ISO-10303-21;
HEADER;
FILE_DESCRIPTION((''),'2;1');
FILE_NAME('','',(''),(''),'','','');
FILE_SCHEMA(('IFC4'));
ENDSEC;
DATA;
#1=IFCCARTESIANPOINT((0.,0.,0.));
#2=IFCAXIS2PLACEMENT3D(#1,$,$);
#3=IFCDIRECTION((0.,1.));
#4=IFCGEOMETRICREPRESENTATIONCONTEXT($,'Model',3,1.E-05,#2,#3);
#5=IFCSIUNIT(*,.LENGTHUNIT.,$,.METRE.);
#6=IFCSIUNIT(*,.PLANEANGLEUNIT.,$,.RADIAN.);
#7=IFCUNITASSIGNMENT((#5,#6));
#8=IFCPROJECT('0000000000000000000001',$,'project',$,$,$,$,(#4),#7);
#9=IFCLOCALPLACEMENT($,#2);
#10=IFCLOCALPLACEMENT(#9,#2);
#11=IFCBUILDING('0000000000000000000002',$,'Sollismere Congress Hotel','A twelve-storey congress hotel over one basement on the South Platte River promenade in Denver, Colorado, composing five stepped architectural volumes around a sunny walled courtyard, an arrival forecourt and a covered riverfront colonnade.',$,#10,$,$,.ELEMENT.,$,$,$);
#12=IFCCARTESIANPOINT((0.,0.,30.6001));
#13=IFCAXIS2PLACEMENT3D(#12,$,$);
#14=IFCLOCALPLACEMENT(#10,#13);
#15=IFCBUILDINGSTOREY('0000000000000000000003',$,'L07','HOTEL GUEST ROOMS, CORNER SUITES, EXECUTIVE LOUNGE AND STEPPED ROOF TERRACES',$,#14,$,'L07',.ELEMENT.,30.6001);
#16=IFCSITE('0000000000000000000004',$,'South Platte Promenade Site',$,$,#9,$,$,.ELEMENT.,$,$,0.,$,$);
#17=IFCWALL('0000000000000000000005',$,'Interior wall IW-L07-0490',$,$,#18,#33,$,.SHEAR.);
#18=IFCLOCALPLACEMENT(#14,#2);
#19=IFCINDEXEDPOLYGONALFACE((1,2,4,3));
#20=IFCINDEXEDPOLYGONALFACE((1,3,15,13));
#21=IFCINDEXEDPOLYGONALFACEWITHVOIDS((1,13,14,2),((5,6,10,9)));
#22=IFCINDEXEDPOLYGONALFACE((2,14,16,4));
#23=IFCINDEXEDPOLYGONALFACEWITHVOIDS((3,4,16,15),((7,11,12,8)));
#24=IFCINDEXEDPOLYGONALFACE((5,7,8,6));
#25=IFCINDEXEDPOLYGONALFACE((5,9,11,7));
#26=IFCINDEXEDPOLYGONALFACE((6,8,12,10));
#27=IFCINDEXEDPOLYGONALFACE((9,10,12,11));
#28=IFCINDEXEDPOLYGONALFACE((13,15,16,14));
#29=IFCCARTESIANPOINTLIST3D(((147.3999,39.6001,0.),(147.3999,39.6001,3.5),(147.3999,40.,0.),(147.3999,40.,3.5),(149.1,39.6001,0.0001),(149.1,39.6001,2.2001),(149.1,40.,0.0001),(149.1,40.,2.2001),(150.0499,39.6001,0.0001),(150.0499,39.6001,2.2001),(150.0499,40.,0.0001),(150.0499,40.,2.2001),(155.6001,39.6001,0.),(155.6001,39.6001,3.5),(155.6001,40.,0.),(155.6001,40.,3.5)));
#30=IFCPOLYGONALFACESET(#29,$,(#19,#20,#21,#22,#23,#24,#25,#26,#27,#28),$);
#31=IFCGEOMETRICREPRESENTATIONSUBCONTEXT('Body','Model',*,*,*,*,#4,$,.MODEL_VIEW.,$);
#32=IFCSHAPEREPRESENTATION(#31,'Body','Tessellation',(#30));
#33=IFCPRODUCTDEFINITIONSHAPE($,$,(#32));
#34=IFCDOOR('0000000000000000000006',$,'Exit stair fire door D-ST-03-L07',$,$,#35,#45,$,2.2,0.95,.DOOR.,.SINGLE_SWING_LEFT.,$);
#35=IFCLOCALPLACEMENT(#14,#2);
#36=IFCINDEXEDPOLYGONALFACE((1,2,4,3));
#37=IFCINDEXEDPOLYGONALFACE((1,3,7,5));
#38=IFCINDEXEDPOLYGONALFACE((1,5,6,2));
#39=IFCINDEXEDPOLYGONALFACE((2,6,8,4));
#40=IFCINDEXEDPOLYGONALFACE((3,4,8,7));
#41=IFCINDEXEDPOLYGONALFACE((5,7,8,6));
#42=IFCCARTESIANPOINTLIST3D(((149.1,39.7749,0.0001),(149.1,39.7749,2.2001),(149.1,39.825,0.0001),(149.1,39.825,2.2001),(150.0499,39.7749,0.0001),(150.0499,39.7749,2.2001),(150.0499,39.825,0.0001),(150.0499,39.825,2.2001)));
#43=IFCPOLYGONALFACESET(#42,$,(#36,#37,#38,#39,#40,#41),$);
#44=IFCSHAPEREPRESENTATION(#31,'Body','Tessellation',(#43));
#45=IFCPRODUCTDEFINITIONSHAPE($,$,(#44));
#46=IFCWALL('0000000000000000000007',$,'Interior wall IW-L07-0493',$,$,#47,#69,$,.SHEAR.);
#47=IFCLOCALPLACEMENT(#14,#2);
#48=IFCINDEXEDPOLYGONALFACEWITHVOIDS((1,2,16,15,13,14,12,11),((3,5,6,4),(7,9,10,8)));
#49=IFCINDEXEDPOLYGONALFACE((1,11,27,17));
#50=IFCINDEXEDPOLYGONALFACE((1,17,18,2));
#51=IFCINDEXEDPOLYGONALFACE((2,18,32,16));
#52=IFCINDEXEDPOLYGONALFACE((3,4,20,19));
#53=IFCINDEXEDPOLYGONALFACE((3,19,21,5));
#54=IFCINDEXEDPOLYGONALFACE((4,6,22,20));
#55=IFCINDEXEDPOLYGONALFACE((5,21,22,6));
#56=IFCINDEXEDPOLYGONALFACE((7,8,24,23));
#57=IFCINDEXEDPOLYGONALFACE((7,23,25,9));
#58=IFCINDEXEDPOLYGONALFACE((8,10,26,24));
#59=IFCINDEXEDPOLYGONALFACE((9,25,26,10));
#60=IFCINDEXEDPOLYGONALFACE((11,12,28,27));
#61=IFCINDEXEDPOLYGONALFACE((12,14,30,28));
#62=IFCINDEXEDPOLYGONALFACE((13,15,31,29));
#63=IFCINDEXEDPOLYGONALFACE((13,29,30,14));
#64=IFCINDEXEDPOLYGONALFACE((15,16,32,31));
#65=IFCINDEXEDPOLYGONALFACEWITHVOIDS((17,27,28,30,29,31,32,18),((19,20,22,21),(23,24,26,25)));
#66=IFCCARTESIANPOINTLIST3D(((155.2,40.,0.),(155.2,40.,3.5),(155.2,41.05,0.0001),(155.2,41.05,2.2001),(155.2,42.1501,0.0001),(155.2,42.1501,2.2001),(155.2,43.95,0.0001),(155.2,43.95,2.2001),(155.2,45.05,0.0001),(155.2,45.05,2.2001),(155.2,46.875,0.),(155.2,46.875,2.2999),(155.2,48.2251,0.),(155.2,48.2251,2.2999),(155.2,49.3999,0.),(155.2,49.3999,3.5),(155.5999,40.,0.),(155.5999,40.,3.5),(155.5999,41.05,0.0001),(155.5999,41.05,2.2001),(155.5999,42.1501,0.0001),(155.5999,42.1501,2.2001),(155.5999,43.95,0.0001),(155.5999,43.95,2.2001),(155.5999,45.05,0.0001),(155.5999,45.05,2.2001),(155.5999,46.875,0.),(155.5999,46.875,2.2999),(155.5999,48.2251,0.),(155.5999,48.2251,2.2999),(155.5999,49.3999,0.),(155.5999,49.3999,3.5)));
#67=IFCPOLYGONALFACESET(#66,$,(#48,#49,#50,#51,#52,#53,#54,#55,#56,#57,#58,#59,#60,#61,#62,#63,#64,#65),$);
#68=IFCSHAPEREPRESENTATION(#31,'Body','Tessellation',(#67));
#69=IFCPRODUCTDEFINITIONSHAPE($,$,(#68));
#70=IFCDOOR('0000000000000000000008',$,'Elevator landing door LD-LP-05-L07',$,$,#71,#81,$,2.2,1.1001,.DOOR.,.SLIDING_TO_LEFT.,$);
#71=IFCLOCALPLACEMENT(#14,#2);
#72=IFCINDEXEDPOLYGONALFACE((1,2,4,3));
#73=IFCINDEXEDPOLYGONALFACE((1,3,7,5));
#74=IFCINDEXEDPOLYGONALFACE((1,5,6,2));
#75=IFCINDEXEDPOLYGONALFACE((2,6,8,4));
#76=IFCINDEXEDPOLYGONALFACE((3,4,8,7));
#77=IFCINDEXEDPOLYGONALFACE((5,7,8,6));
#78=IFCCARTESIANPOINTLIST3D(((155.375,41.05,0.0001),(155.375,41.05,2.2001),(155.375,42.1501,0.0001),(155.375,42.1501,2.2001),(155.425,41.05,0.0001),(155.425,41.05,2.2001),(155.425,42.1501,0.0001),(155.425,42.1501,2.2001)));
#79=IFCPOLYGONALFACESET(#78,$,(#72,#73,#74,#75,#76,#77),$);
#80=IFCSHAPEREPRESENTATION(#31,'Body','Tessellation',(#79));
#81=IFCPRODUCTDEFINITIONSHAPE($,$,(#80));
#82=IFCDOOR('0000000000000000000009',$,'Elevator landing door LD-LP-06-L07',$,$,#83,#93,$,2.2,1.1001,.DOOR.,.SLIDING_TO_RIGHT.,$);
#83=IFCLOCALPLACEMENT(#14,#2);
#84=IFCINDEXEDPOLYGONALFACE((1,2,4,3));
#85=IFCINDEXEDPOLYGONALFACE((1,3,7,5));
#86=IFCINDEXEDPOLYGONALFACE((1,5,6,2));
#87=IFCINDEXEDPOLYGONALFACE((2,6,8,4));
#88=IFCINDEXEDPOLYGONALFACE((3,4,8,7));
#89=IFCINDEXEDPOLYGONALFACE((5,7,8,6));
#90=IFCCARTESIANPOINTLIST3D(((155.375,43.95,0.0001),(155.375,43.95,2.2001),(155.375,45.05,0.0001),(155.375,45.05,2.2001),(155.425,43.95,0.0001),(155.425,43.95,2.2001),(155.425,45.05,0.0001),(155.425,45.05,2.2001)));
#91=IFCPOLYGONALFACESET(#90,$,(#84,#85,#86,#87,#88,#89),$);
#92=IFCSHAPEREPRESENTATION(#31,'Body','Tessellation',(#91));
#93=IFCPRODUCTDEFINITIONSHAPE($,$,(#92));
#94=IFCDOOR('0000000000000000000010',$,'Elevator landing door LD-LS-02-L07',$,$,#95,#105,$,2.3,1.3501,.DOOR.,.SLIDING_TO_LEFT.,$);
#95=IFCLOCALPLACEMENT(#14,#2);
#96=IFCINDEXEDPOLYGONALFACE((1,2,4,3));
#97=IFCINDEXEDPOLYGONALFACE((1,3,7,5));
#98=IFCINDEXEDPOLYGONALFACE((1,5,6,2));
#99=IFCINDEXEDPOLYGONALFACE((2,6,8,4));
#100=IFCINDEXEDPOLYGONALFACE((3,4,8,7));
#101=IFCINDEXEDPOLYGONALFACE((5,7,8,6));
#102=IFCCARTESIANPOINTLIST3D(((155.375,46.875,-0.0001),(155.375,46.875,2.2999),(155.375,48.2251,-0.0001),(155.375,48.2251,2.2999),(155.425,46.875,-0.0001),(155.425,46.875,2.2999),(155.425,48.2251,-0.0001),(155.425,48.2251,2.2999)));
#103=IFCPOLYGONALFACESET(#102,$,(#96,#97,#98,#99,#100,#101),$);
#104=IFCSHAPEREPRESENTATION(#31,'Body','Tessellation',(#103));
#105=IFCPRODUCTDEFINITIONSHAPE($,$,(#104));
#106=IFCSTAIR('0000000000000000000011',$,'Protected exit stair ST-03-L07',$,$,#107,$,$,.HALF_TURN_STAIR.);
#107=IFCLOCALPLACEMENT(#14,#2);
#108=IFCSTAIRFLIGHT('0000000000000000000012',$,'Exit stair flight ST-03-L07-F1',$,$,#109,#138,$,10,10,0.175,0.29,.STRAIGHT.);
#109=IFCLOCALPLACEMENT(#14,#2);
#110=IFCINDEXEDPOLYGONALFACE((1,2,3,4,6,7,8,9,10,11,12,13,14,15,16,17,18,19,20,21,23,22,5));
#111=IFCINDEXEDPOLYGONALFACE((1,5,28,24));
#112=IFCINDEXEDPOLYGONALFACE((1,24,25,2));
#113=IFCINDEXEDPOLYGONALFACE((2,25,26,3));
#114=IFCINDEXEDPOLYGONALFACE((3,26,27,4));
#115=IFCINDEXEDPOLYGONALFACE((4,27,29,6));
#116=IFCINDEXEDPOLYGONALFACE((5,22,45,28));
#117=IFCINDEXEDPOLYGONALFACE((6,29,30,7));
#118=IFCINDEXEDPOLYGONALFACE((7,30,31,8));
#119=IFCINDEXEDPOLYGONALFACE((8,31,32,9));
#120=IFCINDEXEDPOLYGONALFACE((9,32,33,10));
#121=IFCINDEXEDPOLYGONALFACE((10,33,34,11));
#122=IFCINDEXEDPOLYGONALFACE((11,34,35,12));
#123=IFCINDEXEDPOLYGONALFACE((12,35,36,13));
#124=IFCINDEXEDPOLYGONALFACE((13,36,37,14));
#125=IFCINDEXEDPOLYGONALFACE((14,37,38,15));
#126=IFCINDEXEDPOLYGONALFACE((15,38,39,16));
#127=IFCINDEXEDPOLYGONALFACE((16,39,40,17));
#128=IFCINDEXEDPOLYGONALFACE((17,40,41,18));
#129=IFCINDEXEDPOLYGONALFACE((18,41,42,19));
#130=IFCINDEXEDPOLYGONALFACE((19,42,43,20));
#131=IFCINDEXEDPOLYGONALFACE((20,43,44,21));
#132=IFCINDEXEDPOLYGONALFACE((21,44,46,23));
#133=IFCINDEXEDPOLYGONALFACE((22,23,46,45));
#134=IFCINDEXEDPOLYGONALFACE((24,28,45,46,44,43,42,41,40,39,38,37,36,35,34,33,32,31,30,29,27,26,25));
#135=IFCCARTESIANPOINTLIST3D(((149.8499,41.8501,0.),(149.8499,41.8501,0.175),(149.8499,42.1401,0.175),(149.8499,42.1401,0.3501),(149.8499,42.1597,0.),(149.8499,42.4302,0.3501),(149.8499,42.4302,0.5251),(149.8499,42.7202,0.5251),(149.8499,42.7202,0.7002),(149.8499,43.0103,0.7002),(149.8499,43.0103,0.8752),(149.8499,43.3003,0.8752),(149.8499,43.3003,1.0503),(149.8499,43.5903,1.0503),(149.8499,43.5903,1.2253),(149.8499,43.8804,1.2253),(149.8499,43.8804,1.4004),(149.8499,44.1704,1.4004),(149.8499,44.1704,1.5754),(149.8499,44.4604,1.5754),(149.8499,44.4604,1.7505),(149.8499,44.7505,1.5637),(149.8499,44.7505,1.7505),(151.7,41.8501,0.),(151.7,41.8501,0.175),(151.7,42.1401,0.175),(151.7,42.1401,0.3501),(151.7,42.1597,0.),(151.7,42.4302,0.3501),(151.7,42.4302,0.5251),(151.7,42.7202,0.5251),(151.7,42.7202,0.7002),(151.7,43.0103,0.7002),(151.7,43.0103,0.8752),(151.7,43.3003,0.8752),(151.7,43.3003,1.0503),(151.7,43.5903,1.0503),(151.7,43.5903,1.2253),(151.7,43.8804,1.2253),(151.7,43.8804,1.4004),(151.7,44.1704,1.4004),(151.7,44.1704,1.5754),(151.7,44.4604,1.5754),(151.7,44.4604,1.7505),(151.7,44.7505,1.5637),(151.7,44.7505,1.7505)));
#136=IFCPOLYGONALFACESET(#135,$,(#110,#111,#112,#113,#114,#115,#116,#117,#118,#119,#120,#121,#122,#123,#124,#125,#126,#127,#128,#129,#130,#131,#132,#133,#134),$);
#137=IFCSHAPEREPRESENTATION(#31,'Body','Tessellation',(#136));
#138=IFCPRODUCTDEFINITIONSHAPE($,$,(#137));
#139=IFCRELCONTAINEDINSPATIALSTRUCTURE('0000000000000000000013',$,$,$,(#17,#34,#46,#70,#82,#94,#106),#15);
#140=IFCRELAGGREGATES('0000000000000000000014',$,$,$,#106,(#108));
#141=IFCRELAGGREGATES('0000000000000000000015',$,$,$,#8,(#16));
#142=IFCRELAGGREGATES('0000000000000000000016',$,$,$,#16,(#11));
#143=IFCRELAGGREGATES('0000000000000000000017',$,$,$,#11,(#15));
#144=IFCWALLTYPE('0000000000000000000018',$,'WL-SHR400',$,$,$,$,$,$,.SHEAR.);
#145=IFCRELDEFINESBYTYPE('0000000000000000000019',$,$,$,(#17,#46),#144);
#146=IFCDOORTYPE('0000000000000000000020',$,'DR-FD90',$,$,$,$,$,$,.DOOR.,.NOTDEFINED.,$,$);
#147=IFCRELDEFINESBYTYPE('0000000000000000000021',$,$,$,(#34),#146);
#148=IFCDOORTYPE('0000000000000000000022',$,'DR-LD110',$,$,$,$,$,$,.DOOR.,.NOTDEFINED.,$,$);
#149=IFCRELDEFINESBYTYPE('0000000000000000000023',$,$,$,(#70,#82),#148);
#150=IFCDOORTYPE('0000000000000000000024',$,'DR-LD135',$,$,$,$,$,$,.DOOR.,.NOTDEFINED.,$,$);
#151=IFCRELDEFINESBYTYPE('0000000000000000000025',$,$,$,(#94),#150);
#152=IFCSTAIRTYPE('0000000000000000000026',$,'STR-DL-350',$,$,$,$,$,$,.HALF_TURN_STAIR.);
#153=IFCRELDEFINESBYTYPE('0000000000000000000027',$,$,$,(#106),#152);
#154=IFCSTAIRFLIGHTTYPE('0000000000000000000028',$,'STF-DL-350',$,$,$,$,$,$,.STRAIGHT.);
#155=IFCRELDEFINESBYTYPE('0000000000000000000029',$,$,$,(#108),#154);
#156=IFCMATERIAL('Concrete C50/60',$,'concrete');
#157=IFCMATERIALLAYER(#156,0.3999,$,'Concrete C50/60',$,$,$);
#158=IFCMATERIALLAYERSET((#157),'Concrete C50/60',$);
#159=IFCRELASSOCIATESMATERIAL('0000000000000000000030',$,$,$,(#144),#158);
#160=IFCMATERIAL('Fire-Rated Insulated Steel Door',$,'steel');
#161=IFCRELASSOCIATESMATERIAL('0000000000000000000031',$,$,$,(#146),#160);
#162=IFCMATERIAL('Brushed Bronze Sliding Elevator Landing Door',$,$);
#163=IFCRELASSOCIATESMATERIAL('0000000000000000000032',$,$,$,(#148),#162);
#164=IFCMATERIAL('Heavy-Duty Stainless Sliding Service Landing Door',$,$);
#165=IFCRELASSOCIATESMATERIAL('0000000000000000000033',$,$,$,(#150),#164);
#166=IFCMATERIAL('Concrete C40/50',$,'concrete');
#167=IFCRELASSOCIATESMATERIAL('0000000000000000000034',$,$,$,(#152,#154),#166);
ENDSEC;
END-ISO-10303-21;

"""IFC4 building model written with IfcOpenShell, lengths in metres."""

from ifc_helpers import new_model, si_unit, direction, frame, frame_2d, origin, place, context, subcontext, project, spatial, polyline, rectangle, outline, extrude, material, layer, layer_set, type_object, element, fill, aggregate, save


model = new_model("IFC4")

# Units and contexts
model_context = context("Model", 3, precision=1e-05, world=origin(), true_north=direction((0.0, 1.0)))
body_context = subcontext(model_context, "Body", "Model", "MODEL_VIEW")
ifc_project = project(units=[si_unit("LENGTHUNIT", "METRE"), si_unit("PLANEANGLEUNIT", "RADIAN")], contexts=[model_context])

# Site, building, storey
site_placement = place(None, origin())
site = spatial("IfcSite", under=ifc_project, at=site_placement, Name="South Platte Promenade Site", CompositionType="ELEMENT", RefElevation=0.0)
building_placement = place(site_placement, origin())
building = spatial("IfcBuilding", under=site, at=building_placement, Name="Sollismere Congress Hotel", Description="A twelve-storey congress hotel over one basement on the South Platte River promenade in Denver, Colorado, composing five stepped architectural volumes around a sunny walled courtyard, an arrival forecourt and a covered riverfront colonnade.", CompositionType="ELEMENT")
storey_placement = place(building_placement, frame((0.0, 0.0, 30.6001)))
storey = spatial("IfcBuildingStorey", under=building, at=storey_placement, Name="L07", Description="HOTEL GUEST ROOMS, CORNER SUITES, EXECUTIVE LOUNGE AND STEPPED ROOF TERRACES", LongName="L07", CompositionType="ELEMENT", Elevation=30.6001)

# Shared definitions
ifc_material_1 = material(Name="Concrete C50/60", Category="concrete")

# Wall, opening, door
ifc_layer_1 = layer(ifc_material_1, 0.3999, Name="Concrete C50/60")
ifc_layer_set_1 = layer_set([ifc_layer_1], Name="Concrete C50/60")
wall_type_1 = type_object("IfcWallType", Name="WL-SHR400", PredefinedType="SHEAR", material=ifc_layer_set_1)
wall_1_placement = place(storey_placement, frame((147.3999, 39.8, 0.0), z_axis=(0.0, 0.0, 1.0), x_axis=(1.0, 0.0, 0.0)))
wall_1 = element("IfcWall", 1, at=wall_1_placement, inside=storey, type_object=wall_type_1, Name="Interior wall IW-L07-0490", PredefinedType="SHEAR", context=body_context, shape_type="SweptSolid", body=[
    extrude(rectangle(XDim=8.2002, YDim=0.3999, at=frame_2d((4.1001, 0.0))), origin(), (0.0, 0.0, 1.0), 3.5),
])
opening_1_placement = place(wall_1_placement, frame((1.7, 0.0, 0.0)))
opening_1 = element("IfcOpeningElement", 2, at=opening_1_placement, cuts=wall_1, PredefinedType="OPENING", context=body_context, shape_type="SweptSolid", body=[
    extrude(rectangle(XDim=0.95, YDim=2.2, at=frame_2d((0.4751, 1.1001))), frame((0.0, 0.21, 0.0), z_axis=(0.0, -1.0, 0.0), x_axis=(1.0, 0.0, 0.0)), (0.0, 0.0, 1.0), 0.4199),
])
ifc_material_2 = material(Name="Fire-Rated Insulated Steel Door", Category="steel")
door_type_1 = type_object("IfcDoorType", Name="DR-FD90", OperationType="NOTDEFINED", PredefinedType="DOOR", material=ifc_material_2)
door_1_placement = place(opening_1_placement, origin())
door_1 = element("IfcDoor", 3, at=door_1_placement, inside=storey, type_object=door_type_1, Name="Exit stair fire door D-ST-03-L07", OperationType="SINGLE_SWING_LEFT", OverallHeight=2.2, OverallWidth=0.95, PredefinedType="DOOR", context=body_context, shape_type="SweptSolid", body=[
    extrude(rectangle(XDim=0.95, YDim=2.2, at=frame_2d((0.4751, 1.1001))), frame((0.0, 0.0249, 0.0), z_axis=(0.0, -1.0, 0.0), x_axis=(1.0, 0.0, 0.0)), (0.0, 0.0, 1.0), 0.05),
])
fill(opening_1, door_1)

# Wall, openings, doors
wall_2_placement = place(storey_placement, frame((155.3999, 40.0, 0.0), z_axis=(0.0, 0.0, 1.0), x_axis=(0.0, 1.0, 0.0)))
wall_2 = element("IfcWall", 4, at=wall_2_placement, inside=storey, type_object=wall_type_1, Name="Interior wall IW-L07-0493", PredefinedType="SHEAR", context=body_context, shape_type="SweptSolid", body=[
    extrude(rectangle(XDim=9.3999, YDim=0.3999, at=frame_2d((4.7, 0.0))), origin(), (0.0, 0.0, 1.0), 3.5),
])
opening_2_placement = place(wall_2_placement, frame((1.05, 0.0, 0.0)))
opening_2 = element("IfcOpeningElement", 5, at=opening_2_placement, cuts=wall_2, PredefinedType="OPENING", context=body_context, shape_type="SweptSolid", body=[
    extrude(rectangle(XDim=1.1001, YDim=2.2, at=frame_2d((0.55, 1.1001))), frame((0.0, 0.21, 0.0), z_axis=(0.0, -1.0, 0.0), x_axis=(1.0, 0.0, 0.0)), (0.0, 0.0, 1.0), 0.4199),
])
opening_3_placement = place(wall_2_placement, frame((3.95, 0.0, 0.0)))
opening_3 = element("IfcOpeningElement", 6, at=opening_3_placement, cuts=wall_2, PredefinedType="OPENING", context=body_context, shape_type="SweptSolid", body=[
    extrude(rectangle(XDim=1.1001, YDim=2.2, at=frame_2d((0.55, 1.1001))), frame((0.0, 0.21, 0.0), z_axis=(0.0, -1.0, 0.0), x_axis=(1.0, 0.0, 0.0)), (0.0, 0.0, 1.0), 0.4199),
])
opening_4_placement = place(wall_2_placement, frame((6.875, 0.0, 0.0)))
opening_4 = element("IfcOpeningElement", 7, at=opening_4_placement, cuts=wall_2, PredefinedType="OPENING", context=body_context, shape_type="SweptSolid", body=[
    extrude(rectangle(XDim=1.3501, YDim=2.3, at=frame_2d((0.675, 1.1499))), frame((0.0, 0.21, 0.0), z_axis=(0.0, -1.0, 0.0), x_axis=(1.0, 0.0, 0.0)), (0.0, 0.0, 1.0), 0.4199),
])
ifc_material_3 = material(Name="Brushed Bronze Sliding Elevator Landing Door")
door_type_2 = type_object("IfcDoorType", Name="DR-LD110", OperationType="NOTDEFINED", PredefinedType="DOOR", material=ifc_material_3)
door_2_placement = place(opening_2_placement, origin())
door_2 = element("IfcDoor", 8, at=door_2_placement, inside=storey, type_object=door_type_2, Name="Elevator landing door LD-LP-05-L07", OperationType="SLIDING_TO_LEFT", OverallHeight=2.2, OverallWidth=1.1001, PredefinedType="DOOR", context=body_context, shape_type="SweptSolid", body=[
    extrude(rectangle(XDim=1.1001, YDim=2.2, at=frame_2d((0.55, 1.1001))), frame((0.0, 0.0249, 0.0), z_axis=(0.0, -1.0, 0.0), x_axis=(1.0, 0.0, 0.0)), (0.0, 0.0, 1.0), 0.05),
])
fill(opening_2, door_2)
door_3_placement = place(opening_3_placement, origin())
door_3 = element("IfcDoor", 9, at=door_3_placement, inside=storey, type_object=door_type_2, Name="Elevator landing door LD-LP-06-L07", OperationType="SLIDING_TO_RIGHT", OverallHeight=2.2, OverallWidth=1.1001, PredefinedType="DOOR", context=body_context, shape_type="SweptSolid", body=[
    extrude(rectangle(XDim=1.1001, YDim=2.2, at=frame_2d((0.55, 1.1001))), frame((0.0, 0.0249, 0.0), z_axis=(0.0, -1.0, 0.0), x_axis=(1.0, 0.0, 0.0)), (0.0, 0.0, 1.0), 0.05),
])
fill(opening_3, door_3)
ifc_material_4 = material(Name="Heavy-Duty Stainless Sliding Service Landing Door")
door_type_3 = type_object("IfcDoorType", Name="DR-LD135", OperationType="NOTDEFINED", PredefinedType="DOOR", material=ifc_material_4)
door_4_placement = place(opening_4_placement, origin())
door_4 = element("IfcDoor", 10, at=door_4_placement, inside=storey, type_object=door_type_3, Name="Elevator landing door LD-LS-02-L07", OperationType="SLIDING_TO_LEFT", OverallHeight=2.3, OverallWidth=1.3501, PredefinedType="DOOR", context=body_context, shape_type="SweptSolid", body=[
    extrude(rectangle(XDim=1.3501, YDim=2.3, at=frame_2d((0.675, 1.1499))), frame((0.0, 0.0249, 0.0), z_axis=(0.0, -1.0, 0.0), x_axis=(1.0, 0.0, 0.0)), (0.0, 0.0, 1.0), 0.05),
])
fill(opening_4, door_4)

# Stair, stair flight
ifc_material_5 = material(Name="Concrete C40/50", Category="concrete")
stair_type = type_object("IfcStairType", Name="STR-DL-350", PredefinedType="HALF_TURN_STAIR", material=ifc_material_5)
stair_placement = place(storey_placement, origin())
stair = element("IfcStair", 11, at=stair_placement, inside=storey, type_object=stair_type, Name="Protected exit stair ST-03-L07", PredefinedType="HALF_TURN_STAIR")
stair_flight_type = type_object("IfcStairFlightType", Name="STF-DL-350", PredefinedType="STRAIGHT", material=ifc_material_5)
stair_flight_placement = place(storey_placement, frame((150.7749, 41.8501, 0.0), z_axis=(0.0, 0.0, 1.0), x_axis=(0.0, 1.0, 0.0)))
stair_flight = element("IfcStairFlight", 12, at=stair_flight_placement, type_object=stair_flight_type, Name="Exit stair flight ST-03-L07-F1", NumberOfRisers=10, NumberOfTreads=10, PredefinedType="STRAIGHT", RiserHeight=0.175, TreadLength=0.29, context=body_context, shape_type="SweptSolid", body=[
    extrude(outline(polyline([(0.0, 0.0), (0.0, 0.175), (0.29, 0.175), (0.29, 0.3501), (0.5801, 0.3501), (0.5801, 0.5251), (0.8701, 0.5251), (0.8701, 0.7002), (1.1602, 0.7002), (1.1602, 0.8752), (1.4502, 0.8752), (1.4502, 1.0503), (1.7402, 1.0503), (1.7402, 1.2253), (2.0303, 1.2253), (2.0303, 1.4004), (2.3203, 1.4004), (2.3203, 1.5754), (2.6104, 1.5754), (2.6104, 1.7505), (2.9004, 1.7505), (2.9004, 1.5637), (0.3096, 0.0), (0.0, 0.0)])), frame((0.0, 0.925, 0.0), z_axis=(0.0, -1.0, 0.0), x_axis=(1.0, 0.0, 0.0)), (0.0, 0.0, 1.0), 1.8501),
])
aggregate(stair, [stair_flight])

save(model, "model.ifc")
